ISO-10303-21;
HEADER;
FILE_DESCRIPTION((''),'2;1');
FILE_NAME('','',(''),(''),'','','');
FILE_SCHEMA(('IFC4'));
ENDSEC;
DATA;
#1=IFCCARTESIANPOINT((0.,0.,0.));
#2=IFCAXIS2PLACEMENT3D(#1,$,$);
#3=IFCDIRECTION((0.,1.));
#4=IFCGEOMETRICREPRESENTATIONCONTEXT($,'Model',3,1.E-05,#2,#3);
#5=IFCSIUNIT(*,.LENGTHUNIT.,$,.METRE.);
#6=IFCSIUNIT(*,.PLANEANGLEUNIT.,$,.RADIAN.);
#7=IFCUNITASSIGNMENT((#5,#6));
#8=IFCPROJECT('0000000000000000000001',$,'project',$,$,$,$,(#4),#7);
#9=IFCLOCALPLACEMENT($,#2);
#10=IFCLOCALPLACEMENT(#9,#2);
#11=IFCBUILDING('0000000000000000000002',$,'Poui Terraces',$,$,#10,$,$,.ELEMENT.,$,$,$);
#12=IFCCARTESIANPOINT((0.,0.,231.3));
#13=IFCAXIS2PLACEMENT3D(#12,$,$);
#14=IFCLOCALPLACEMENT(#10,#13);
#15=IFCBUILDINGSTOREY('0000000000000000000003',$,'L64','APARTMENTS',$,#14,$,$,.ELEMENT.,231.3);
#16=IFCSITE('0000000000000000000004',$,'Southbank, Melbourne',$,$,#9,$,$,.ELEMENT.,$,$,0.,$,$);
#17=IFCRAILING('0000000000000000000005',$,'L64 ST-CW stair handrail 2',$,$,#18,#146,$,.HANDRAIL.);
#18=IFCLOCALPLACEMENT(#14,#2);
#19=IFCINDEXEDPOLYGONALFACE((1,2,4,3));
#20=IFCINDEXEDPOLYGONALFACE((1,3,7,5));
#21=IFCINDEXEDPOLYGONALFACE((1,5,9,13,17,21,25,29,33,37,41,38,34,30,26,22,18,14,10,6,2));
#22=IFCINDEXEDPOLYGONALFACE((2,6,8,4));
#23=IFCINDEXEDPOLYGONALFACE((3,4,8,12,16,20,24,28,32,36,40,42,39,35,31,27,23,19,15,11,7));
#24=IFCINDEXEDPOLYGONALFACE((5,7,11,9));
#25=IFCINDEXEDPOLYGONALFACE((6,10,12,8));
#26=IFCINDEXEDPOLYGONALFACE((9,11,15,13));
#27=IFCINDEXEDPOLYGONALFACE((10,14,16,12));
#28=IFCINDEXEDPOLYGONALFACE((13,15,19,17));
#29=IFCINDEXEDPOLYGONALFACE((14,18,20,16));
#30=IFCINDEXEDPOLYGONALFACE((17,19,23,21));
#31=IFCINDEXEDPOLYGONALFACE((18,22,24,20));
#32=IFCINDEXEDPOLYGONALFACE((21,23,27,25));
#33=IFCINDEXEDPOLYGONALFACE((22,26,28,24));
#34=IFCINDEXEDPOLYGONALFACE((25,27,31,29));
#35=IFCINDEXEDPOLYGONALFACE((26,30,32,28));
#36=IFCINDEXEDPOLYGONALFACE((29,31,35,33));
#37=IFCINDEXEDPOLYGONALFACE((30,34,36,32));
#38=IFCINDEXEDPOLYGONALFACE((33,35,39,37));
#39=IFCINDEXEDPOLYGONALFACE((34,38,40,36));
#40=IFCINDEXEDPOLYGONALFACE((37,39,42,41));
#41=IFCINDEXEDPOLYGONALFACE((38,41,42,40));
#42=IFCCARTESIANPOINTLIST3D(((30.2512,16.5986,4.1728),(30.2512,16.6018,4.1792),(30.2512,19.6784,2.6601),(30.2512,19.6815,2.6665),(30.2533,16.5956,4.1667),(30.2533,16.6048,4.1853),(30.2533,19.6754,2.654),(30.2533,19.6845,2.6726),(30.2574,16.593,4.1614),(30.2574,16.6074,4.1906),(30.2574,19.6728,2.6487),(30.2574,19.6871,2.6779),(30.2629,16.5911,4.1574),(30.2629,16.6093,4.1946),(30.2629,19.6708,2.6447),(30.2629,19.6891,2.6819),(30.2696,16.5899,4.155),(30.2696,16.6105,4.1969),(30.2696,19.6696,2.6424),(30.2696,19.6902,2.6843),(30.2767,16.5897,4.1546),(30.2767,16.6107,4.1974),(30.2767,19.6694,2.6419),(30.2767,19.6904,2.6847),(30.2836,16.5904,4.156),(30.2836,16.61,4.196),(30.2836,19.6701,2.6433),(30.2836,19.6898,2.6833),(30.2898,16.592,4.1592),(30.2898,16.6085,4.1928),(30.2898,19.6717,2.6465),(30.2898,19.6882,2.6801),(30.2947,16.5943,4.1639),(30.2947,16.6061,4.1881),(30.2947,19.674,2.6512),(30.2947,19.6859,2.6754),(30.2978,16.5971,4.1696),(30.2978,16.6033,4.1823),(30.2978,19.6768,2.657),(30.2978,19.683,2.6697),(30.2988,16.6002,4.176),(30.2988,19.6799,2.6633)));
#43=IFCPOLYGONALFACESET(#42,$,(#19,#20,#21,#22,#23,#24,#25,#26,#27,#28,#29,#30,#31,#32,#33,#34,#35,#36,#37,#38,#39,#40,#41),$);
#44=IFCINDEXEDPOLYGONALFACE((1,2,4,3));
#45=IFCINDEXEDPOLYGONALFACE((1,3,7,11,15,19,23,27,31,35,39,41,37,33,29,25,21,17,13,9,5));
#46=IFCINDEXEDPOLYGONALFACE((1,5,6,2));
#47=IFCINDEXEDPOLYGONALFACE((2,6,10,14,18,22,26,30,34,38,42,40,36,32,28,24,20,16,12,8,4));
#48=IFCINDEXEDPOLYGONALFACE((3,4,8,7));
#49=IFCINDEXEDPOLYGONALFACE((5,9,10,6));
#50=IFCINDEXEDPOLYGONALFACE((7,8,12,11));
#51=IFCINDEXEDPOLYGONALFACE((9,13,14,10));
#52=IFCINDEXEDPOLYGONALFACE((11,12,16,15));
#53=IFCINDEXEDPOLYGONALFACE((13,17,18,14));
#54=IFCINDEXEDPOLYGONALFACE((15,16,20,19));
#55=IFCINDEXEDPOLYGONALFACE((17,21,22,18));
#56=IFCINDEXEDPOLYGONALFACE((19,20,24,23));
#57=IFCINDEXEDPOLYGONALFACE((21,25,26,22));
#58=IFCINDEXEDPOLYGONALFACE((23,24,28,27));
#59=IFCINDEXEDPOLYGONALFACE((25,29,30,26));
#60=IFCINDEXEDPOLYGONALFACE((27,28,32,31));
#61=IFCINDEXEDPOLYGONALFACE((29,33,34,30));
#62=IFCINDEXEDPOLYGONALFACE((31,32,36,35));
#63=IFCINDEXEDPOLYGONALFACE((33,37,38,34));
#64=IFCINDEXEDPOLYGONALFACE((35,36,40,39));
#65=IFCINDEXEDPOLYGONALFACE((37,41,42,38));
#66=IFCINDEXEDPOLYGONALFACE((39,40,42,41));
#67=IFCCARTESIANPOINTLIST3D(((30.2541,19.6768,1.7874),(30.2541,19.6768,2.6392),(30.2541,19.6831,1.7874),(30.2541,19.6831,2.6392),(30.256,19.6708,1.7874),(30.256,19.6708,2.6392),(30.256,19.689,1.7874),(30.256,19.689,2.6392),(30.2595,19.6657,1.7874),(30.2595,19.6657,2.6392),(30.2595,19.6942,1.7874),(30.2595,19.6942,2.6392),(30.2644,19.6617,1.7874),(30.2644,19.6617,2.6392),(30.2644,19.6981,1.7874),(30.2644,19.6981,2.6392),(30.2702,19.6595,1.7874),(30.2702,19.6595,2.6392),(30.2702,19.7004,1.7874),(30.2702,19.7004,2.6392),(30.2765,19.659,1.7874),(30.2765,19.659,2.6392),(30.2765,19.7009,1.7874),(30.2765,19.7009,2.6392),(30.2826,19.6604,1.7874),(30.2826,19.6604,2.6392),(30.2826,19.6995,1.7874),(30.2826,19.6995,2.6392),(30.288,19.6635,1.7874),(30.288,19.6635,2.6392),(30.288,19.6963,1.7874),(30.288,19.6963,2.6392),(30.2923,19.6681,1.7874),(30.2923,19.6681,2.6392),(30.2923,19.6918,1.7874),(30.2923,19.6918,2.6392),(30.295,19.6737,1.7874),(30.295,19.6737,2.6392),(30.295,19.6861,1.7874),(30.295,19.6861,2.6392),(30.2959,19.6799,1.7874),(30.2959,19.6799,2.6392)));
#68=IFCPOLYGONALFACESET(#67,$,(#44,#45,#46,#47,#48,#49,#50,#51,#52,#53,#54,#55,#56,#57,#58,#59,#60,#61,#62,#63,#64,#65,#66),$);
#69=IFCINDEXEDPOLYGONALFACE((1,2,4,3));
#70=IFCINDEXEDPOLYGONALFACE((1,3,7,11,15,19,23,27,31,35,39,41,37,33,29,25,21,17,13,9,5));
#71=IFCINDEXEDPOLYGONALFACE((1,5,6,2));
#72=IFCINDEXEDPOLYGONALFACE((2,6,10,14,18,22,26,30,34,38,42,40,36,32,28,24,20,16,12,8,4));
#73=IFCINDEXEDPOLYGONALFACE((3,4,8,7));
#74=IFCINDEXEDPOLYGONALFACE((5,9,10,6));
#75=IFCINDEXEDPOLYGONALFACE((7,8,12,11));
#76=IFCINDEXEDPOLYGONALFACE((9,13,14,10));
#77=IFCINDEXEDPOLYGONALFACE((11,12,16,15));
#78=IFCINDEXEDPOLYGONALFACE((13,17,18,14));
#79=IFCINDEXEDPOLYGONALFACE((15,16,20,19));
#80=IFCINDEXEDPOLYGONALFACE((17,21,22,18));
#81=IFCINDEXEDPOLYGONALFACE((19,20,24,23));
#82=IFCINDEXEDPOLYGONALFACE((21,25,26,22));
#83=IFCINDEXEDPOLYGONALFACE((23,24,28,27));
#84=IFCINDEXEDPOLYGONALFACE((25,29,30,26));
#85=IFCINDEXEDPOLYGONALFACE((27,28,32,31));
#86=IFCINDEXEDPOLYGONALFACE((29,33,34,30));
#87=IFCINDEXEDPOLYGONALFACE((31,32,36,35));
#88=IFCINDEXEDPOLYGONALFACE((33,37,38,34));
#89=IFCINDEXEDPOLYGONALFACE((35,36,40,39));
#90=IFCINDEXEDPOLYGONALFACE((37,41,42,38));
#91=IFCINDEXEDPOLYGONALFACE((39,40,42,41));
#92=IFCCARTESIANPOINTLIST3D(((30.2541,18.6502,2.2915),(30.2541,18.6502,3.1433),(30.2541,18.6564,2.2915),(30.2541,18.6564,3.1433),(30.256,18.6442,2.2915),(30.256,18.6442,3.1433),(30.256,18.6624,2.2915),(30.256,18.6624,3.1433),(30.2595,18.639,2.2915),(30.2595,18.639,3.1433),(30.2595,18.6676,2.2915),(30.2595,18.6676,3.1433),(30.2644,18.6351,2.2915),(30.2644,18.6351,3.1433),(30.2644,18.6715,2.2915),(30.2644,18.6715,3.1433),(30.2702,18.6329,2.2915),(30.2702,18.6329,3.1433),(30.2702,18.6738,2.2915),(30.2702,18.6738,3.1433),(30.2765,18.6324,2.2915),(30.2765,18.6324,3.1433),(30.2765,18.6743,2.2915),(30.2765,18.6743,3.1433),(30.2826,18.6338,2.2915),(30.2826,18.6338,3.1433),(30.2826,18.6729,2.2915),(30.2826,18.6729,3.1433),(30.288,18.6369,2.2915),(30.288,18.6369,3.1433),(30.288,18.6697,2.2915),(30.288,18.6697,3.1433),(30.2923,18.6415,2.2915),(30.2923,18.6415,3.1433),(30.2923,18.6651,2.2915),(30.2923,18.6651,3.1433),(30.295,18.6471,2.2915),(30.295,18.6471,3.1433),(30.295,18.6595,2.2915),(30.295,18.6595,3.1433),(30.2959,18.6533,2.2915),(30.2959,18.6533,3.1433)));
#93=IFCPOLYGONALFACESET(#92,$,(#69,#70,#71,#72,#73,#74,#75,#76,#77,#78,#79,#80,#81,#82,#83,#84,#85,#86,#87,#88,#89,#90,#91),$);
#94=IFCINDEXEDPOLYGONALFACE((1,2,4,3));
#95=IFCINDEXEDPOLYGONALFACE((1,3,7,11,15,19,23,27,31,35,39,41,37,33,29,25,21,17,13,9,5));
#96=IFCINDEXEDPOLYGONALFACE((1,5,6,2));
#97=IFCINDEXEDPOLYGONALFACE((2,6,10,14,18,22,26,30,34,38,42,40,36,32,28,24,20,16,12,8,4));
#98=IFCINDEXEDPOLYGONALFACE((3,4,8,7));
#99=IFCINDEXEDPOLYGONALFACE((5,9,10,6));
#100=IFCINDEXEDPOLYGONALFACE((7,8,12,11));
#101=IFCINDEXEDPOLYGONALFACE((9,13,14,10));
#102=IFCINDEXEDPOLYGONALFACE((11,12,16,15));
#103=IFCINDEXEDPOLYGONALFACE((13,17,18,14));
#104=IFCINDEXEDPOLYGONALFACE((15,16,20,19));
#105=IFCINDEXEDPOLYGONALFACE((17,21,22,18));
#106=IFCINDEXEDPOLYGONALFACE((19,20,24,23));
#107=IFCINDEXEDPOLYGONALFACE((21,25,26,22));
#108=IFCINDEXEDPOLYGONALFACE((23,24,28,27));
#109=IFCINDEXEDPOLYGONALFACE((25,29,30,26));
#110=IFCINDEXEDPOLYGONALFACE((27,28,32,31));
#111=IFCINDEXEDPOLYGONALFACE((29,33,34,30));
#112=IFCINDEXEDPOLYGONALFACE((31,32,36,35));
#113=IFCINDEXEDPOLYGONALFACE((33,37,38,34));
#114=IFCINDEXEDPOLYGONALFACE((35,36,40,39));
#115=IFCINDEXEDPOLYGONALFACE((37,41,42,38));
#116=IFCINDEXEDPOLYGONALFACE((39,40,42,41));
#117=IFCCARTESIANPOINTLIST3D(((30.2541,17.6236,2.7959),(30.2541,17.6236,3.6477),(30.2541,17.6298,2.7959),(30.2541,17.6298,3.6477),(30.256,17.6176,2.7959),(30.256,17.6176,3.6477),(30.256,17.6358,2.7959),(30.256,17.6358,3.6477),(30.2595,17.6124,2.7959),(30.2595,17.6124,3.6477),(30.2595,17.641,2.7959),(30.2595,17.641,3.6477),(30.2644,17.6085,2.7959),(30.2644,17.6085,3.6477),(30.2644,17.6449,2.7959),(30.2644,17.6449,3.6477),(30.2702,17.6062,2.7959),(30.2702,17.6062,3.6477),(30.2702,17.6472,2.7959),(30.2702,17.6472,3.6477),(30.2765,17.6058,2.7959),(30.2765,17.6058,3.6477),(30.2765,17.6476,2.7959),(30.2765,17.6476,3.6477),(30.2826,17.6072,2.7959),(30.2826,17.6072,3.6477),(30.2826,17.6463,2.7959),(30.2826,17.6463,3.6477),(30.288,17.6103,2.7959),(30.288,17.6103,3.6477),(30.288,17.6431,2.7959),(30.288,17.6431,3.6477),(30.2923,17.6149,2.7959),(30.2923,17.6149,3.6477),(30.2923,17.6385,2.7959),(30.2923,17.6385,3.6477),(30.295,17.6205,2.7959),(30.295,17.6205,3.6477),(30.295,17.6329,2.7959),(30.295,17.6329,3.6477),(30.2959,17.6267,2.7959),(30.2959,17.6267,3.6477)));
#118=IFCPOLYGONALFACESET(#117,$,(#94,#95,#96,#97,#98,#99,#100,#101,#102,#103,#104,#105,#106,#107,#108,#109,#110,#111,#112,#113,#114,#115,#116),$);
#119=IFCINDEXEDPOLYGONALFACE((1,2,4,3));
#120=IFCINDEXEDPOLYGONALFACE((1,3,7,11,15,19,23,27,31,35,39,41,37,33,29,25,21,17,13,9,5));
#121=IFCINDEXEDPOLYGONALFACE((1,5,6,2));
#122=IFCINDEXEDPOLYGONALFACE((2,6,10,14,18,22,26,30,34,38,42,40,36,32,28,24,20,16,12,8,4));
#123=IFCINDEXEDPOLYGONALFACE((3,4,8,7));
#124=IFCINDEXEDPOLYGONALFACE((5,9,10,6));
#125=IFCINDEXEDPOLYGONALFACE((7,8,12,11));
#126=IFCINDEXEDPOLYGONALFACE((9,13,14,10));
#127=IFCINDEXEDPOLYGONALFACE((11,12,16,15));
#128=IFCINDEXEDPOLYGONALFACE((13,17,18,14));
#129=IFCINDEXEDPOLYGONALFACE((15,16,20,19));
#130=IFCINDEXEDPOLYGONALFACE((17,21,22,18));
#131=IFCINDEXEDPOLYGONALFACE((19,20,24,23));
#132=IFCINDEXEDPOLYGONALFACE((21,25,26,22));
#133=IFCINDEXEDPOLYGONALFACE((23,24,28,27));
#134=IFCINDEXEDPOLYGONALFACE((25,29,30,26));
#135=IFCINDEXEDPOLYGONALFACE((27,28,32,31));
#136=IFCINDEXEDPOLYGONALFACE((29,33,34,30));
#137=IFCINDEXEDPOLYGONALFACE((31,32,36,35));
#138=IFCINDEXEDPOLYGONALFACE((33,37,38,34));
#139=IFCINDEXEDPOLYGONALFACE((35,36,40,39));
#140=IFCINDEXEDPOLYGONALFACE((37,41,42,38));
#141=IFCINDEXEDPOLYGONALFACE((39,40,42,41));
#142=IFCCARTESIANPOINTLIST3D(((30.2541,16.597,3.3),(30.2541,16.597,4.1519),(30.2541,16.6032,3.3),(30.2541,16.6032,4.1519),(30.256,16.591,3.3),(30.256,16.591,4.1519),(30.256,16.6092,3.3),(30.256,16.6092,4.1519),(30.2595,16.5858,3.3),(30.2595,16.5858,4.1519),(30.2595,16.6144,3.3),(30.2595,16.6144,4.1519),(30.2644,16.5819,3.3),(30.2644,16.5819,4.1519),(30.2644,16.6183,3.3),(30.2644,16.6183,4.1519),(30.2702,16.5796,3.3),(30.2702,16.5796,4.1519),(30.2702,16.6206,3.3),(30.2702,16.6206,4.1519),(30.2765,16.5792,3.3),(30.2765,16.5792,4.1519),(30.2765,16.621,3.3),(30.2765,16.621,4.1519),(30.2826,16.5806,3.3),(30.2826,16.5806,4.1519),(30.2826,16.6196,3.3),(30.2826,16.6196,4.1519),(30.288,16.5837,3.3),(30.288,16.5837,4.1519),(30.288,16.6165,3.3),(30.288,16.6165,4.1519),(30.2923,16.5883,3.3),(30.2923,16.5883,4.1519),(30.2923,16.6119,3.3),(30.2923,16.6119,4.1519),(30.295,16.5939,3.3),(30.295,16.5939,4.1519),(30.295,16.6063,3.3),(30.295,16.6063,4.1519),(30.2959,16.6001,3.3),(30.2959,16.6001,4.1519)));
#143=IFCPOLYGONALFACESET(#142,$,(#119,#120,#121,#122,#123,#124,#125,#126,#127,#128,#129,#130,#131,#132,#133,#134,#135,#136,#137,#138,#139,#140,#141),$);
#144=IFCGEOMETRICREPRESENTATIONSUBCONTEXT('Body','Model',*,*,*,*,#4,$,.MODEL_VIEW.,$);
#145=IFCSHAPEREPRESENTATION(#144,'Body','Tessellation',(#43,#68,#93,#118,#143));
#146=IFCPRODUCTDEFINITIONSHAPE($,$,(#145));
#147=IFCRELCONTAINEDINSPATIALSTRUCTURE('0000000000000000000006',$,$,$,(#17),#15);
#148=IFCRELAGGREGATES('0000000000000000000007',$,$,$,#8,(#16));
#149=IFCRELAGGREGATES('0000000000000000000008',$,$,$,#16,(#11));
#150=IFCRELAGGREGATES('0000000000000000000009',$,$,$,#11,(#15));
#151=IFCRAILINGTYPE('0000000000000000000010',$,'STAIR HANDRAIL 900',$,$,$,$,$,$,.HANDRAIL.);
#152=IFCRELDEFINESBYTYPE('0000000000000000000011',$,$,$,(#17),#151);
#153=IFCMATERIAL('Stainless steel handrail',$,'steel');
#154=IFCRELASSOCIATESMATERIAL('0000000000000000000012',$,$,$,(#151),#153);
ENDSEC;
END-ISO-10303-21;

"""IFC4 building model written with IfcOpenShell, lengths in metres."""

from ifc_helpers import new_model, si_unit, direction, frame, origin, origin_2d, place, context, subcontext, project, spatial, circle, extrude, material, type_object, element, save


model = new_model("IFC4")

# Units and contexts
model_context = context("Model", 3, precision=1e-05, world=origin(), true_north=direction((0.0, 1.0)))
body_context = subcontext(model_context, "Body", "Model", "MODEL_VIEW")
ifc_project = project(units=[si_unit("LENGTHUNIT", "METRE"), si_unit("PLANEANGLEUNIT", "RADIAN")], contexts=[model_context])

# Site, building, storey
site_placement = place(None, origin())
site = spatial("IfcSite", under=ifc_project, at=site_placement, Name="Southbank, Melbourne", CompositionType="ELEMENT", RefElevation=0.0)
building_placement = place(site_placement, origin())
building = spatial("IfcBuilding", under=site, at=building_placement, Name="Poui Terraces", CompositionType="ELEMENT")
storey_placement = place(building_placement, frame((0.0, 0.0, 231.3)))
storey = spatial("IfcBuildingStorey", under=building, at=storey_placement, Name="L64", Description="APARTMENTS", CompositionType="ELEMENT", Elevation=231.3)

# Railing
ifc_material_1 = material(Name="Stainless steel handrail", Category="steel")
railing_type_1 = type_object("IfcRailingType", Name="STAIR HANDRAIL 900", PredefinedType="HANDRAIL", material=ifc_material_1)
railing_1_placement = place(storey_placement, frame((30.2749, 19.6799, 1.7874)))
element("IfcRailing", 1, at=railing_1_placement, inside=storey, type_object=railing_type_1, Name="L64 ST-CW stair handrail 2", PredefinedType="HANDRAIL", context=body_context, shape_type="SweptSolid", body=[
    extrude(circle(Radius=0.0239, at=origin_2d()), frame((0.0, 0.0, 0.876), z_axis=(0.0, -0.897578, 0.440856), x_axis=(1.0, 0.0, 0.0)), (0.0, 0.0, 1.0), 3.4312),
    extrude(circle(Radius=0.021, at=origin_2d()), origin(), (0.0, 0.0, 1.0), 0.8518),
    extrude(circle(Radius=0.021, at=origin_2d()), frame((0.0, -1.0266, 0.5042)), (0.0, 0.0, 1.0), 0.8518),
    extrude(circle(Radius=0.021, at=origin_2d()), frame((0.0, -2.0532, 1.0085)), (0.0, 0.0, 1.0), 0.8518),
    extrude(circle(Radius=0.021, at=origin_2d()), frame((0.0, -3.0798, 1.5127)), (0.0, 0.0, 1.0), 0.8518),
])

save(model, "model.ifc")
